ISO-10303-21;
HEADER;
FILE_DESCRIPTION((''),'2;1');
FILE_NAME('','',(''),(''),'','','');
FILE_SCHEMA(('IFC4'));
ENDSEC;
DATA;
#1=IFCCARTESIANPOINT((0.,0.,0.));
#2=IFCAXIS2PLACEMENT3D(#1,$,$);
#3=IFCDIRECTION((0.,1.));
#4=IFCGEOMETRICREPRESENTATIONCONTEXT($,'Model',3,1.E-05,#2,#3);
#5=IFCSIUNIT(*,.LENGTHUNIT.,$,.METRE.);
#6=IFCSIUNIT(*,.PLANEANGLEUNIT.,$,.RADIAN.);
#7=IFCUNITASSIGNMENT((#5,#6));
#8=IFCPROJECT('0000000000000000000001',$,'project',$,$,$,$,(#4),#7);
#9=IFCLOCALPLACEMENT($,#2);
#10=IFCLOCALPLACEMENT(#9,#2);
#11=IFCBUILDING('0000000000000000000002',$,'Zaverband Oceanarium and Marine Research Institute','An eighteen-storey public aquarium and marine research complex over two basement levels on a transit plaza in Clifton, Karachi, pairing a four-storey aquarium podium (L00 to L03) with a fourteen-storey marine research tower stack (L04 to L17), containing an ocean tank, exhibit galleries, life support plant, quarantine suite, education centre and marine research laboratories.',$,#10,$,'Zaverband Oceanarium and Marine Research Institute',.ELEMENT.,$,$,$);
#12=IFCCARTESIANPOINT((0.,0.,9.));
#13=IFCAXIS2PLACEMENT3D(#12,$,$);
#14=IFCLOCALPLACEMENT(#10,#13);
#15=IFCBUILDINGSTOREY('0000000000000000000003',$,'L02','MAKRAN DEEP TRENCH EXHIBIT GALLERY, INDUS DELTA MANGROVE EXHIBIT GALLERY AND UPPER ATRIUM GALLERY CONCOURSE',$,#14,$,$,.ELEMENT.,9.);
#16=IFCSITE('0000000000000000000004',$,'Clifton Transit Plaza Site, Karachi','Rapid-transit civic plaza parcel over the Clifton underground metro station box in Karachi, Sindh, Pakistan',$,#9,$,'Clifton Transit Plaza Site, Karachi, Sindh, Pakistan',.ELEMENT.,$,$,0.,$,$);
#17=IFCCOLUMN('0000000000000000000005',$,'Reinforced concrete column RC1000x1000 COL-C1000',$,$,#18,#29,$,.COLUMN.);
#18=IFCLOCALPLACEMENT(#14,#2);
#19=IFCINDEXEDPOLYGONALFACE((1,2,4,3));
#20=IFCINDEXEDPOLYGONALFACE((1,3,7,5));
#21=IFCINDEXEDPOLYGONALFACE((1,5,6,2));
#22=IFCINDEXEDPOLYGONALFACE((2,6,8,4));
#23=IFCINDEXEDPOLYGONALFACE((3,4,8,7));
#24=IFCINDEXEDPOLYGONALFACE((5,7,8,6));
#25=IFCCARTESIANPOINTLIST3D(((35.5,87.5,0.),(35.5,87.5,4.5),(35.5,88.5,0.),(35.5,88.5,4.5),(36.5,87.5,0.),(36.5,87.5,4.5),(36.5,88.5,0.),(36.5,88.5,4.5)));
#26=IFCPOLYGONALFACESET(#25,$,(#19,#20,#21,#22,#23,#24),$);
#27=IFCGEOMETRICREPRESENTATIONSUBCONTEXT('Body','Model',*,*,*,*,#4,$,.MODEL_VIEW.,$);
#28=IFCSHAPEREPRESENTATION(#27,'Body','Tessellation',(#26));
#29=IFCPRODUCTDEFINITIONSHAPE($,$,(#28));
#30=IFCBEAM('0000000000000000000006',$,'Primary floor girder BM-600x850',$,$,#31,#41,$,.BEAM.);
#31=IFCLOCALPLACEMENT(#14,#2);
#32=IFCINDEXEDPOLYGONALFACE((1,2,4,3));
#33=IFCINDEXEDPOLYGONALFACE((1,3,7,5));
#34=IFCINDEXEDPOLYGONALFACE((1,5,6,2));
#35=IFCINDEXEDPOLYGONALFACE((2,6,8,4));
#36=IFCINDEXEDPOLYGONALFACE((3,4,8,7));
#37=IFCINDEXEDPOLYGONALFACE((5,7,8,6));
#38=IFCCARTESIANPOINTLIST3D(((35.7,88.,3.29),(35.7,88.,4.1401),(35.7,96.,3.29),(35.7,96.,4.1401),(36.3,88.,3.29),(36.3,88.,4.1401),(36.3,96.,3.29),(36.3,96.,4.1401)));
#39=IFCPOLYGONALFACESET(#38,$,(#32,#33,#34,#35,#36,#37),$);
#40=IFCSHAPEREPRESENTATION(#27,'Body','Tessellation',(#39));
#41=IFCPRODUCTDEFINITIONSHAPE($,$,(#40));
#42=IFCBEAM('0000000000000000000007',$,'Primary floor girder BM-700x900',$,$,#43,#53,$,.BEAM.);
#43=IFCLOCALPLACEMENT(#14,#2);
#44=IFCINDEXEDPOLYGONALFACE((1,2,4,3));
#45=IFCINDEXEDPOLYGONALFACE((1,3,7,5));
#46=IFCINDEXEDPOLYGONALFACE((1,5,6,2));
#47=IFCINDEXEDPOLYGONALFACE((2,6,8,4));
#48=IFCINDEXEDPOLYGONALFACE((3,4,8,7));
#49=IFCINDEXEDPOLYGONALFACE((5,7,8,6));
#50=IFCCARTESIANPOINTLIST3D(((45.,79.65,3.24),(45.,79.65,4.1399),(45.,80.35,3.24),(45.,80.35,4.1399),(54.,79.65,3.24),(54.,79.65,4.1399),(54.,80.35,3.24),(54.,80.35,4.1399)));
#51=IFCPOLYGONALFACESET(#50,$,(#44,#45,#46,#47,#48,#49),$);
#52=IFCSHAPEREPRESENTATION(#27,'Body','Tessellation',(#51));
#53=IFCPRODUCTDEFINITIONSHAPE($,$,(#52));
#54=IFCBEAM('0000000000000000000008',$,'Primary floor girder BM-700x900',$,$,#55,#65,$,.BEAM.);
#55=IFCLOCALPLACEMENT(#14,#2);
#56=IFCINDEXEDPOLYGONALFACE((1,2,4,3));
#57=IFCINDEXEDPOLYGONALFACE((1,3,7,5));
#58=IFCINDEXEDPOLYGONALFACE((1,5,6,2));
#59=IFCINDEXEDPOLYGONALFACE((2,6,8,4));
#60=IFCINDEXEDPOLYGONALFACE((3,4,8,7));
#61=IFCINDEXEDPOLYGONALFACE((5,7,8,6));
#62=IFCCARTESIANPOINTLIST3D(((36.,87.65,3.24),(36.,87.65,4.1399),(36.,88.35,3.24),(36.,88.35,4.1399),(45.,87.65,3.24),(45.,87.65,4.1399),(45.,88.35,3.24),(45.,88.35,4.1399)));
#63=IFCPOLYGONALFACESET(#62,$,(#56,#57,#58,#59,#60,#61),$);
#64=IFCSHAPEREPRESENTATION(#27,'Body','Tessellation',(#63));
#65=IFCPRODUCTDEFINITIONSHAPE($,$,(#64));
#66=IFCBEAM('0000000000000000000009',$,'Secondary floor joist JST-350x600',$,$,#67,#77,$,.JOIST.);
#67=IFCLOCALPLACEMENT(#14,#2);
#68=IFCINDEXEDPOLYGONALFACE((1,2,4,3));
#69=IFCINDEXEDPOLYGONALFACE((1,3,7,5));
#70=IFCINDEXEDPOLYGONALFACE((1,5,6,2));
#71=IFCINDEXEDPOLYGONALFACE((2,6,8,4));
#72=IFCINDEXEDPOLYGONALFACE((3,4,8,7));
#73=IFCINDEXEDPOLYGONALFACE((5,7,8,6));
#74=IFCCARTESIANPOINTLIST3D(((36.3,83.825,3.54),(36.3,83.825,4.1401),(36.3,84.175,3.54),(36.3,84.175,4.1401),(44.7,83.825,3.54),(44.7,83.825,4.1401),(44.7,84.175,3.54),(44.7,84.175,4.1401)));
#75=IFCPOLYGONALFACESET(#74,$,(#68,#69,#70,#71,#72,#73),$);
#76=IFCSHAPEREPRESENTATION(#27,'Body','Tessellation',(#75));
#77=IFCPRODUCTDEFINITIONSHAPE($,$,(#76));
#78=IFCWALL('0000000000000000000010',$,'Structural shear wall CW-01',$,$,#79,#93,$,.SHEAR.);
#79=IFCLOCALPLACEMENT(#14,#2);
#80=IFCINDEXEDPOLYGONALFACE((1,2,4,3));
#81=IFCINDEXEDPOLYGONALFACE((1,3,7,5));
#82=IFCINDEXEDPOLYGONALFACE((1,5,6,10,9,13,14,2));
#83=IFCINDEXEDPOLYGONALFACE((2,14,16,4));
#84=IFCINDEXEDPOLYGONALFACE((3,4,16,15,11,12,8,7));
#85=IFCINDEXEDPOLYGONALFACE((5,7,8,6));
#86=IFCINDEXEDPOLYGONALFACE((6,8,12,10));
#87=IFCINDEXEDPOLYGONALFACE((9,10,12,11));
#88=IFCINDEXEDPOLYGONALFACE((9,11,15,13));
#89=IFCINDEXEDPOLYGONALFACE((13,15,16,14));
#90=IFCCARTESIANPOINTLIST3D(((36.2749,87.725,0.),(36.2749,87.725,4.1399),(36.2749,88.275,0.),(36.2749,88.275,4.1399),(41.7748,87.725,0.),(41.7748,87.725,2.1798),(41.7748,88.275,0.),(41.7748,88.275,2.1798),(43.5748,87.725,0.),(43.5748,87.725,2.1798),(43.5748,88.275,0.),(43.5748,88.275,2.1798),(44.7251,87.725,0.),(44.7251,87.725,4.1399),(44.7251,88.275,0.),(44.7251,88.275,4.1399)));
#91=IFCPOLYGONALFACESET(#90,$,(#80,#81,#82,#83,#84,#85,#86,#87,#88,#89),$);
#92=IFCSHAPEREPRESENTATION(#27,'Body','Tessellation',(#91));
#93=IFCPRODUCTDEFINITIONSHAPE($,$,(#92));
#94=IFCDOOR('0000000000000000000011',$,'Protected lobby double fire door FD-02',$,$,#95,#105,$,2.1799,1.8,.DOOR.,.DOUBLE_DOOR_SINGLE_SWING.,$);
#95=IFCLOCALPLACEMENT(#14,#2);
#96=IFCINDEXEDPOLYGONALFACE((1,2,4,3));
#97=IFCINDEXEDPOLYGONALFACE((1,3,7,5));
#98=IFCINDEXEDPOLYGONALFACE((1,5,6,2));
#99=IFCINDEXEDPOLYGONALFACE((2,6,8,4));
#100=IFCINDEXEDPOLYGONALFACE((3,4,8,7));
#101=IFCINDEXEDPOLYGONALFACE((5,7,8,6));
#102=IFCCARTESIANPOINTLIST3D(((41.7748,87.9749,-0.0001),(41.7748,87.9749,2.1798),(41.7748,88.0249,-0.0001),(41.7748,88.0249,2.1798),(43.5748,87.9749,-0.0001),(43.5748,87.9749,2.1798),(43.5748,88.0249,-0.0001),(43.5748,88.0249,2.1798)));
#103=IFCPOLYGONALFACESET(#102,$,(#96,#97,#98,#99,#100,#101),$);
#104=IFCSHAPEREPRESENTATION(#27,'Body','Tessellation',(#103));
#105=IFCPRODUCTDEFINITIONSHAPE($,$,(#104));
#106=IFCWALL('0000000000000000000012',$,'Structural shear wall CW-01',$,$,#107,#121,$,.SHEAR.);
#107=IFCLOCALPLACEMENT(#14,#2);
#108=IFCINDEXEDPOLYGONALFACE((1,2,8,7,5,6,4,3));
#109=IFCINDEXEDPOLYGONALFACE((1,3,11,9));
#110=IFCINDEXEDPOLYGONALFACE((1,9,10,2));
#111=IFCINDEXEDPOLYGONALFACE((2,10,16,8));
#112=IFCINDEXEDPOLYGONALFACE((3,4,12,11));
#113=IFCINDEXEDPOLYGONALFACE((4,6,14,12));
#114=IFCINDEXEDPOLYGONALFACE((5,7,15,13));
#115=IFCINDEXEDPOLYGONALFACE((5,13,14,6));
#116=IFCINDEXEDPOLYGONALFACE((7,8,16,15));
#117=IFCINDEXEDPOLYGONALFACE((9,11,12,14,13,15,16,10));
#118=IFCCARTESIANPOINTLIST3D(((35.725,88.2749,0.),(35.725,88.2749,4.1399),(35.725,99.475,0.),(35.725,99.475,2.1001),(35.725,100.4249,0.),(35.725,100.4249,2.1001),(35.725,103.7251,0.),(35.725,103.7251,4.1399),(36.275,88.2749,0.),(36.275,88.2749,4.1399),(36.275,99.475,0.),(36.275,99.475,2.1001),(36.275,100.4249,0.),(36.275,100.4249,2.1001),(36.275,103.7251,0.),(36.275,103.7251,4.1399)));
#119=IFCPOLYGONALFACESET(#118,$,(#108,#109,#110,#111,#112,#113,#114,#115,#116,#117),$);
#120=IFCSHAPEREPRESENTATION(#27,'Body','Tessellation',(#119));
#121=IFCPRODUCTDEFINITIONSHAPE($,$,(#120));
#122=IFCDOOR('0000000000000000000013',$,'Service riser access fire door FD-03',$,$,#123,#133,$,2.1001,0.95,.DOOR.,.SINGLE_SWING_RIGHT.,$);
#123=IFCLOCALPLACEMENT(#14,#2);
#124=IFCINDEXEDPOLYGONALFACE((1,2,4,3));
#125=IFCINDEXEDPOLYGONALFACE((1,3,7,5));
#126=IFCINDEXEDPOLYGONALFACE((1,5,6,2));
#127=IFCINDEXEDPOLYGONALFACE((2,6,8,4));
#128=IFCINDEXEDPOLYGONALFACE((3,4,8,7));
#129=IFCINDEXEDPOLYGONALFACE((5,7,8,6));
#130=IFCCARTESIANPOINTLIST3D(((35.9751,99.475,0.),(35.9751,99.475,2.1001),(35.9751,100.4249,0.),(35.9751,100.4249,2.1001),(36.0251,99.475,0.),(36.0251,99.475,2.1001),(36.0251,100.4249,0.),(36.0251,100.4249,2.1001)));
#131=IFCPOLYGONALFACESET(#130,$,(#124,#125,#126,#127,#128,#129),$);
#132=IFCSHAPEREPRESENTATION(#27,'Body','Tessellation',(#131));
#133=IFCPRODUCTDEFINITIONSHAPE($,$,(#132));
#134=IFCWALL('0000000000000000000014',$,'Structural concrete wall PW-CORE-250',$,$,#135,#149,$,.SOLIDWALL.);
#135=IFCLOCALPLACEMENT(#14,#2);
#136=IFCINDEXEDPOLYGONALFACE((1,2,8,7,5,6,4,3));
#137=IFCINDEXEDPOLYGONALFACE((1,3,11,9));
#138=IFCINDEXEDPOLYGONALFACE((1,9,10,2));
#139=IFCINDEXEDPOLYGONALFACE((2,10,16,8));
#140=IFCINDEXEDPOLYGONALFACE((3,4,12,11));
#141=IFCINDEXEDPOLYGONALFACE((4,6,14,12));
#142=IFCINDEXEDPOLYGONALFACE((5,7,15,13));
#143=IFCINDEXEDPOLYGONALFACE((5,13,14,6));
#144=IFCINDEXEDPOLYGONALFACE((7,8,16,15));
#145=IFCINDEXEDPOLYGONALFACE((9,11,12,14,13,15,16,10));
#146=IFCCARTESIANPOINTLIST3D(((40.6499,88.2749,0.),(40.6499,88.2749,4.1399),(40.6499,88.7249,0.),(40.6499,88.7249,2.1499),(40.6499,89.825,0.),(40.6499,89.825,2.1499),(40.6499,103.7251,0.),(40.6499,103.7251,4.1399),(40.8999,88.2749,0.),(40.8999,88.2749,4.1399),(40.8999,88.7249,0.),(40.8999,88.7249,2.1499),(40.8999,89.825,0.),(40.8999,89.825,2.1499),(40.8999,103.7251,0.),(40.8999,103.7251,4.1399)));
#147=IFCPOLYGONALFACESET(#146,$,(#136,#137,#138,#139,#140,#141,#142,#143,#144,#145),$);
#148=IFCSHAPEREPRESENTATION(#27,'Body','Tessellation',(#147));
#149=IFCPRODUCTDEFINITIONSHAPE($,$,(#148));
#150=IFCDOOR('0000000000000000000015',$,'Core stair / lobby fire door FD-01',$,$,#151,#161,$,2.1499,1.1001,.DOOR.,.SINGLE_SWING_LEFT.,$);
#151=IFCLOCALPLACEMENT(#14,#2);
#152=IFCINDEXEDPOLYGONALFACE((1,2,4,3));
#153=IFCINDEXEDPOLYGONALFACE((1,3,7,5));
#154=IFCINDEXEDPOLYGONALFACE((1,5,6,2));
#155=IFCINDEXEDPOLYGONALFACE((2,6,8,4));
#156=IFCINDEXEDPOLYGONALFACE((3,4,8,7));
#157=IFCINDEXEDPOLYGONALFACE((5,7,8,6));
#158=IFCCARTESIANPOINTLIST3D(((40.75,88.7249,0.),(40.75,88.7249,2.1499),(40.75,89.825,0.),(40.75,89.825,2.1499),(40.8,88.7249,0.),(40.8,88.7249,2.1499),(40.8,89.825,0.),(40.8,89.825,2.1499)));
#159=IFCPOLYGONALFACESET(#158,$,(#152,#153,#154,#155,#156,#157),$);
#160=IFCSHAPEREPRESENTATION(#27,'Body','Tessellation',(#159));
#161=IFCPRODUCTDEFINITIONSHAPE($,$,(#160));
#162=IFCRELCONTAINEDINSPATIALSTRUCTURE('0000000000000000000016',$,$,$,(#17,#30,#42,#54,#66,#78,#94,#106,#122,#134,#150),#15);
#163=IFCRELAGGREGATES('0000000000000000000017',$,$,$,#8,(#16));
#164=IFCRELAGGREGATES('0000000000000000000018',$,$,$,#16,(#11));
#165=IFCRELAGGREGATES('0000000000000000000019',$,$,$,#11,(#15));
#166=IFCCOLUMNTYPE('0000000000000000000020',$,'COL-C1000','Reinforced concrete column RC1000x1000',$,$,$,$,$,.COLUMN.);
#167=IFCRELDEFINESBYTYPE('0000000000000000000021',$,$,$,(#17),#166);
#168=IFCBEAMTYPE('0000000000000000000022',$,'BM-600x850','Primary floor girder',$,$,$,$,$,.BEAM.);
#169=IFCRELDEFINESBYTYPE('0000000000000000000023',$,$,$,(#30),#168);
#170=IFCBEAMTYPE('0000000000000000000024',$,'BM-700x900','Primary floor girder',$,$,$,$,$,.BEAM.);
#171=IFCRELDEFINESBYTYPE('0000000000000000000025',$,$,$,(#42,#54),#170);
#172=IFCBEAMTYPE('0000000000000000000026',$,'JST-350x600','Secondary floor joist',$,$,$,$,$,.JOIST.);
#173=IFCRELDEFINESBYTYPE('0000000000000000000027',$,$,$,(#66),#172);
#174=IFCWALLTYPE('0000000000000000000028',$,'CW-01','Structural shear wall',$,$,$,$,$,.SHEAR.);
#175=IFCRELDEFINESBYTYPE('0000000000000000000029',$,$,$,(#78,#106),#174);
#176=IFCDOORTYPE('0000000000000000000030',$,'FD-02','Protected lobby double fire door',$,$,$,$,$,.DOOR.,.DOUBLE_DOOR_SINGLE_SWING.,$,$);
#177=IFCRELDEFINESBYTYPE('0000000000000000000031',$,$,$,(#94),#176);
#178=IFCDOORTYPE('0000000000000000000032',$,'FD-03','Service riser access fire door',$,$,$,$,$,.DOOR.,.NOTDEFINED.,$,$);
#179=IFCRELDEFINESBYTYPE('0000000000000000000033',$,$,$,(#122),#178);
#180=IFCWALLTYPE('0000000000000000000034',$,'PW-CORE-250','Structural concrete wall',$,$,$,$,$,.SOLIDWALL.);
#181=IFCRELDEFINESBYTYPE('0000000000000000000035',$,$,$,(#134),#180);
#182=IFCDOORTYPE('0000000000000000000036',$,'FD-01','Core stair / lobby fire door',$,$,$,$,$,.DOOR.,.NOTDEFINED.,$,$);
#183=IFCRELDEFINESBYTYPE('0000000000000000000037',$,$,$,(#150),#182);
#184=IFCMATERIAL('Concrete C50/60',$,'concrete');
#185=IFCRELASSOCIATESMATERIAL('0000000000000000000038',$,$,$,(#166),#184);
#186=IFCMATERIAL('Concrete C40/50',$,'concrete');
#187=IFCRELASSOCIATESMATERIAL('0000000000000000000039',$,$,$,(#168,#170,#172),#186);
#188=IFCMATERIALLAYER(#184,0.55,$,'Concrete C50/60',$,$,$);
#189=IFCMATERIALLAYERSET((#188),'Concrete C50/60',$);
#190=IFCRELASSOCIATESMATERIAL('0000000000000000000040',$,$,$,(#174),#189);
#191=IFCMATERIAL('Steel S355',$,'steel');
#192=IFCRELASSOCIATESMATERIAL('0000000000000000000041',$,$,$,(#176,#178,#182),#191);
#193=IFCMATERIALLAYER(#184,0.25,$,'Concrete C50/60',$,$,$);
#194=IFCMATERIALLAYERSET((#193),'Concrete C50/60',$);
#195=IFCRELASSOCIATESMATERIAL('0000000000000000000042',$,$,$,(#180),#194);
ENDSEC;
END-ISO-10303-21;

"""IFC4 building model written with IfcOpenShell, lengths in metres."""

from ifc_helpers import new_model, si_unit, direction, frame, frame_2d, origin, origin_2d, place, context, subcontext, project, spatial, rectangle, extrude, material, layer, layer_set, material_profile, profile_set, type_object, element, fill, save


model = new_model("IFC4")

# Units and contexts
model_context = context("Model", 3, precision=1e-05, world=origin(), true_north=direction((0.0, 1.0)))
body_context = subcontext(model_context, "Body", "Model", "MODEL_VIEW")
ifc_project = project(units=[si_unit("LENGTHUNIT", "METRE"), si_unit("PLANEANGLEUNIT", "RADIAN")], contexts=[model_context])

# Site, building, storey
site_placement = place(None, origin())
site = spatial("IfcSite", under=ifc_project, at=site_placement, Name="Clifton Transit Plaza Site, Karachi", Description="Rapid-transit civic plaza parcel over the Clifton underground metro station box in Karachi, Sindh, Pakistan", LongName="Clifton Transit Plaza Site, Karachi, Sindh, Pakistan", CompositionType="ELEMENT", RefElevation=0.0)
building_placement = place(site_placement, origin())
building = spatial("IfcBuilding", under=site, at=building_placement, Name="Zaverband Oceanarium and Marine Research Institute", Description="An eighteen-storey public aquarium and marine research complex over two basement levels on a transit plaza in Clifton, Karachi, pairing a four-storey aquarium podium (L00 to L03) with a fourteen-storey marine research tower stack (L04 to L17), containing an ocean tank, exhibit galleries, life support plant, quarantine suite, education centre and marine research laboratories.", LongName="Zaverband Oceanarium and Marine Research Institute", CompositionType="ELEMENT")
storey_placement = place(building_placement, frame((0.0, 0.0, 9.0)))
storey = spatial("IfcBuildingStorey", under=building, at=storey_placement, Name="L02", Description="MAKRAN DEEP TRENCH EXHIBIT GALLERY, INDUS DELTA MANGROVE EXHIBIT GALLERY AND UPPER ATRIUM GALLERY CONCOURSE", CompositionType="ELEMENT", Elevation=9.0)

# Column
ifc_material_1 = material(Name="Concrete C50/60", Category="concrete")
ifc_material_profile_1 = material_profile(ifc_material_1, rectangle(XDim=1.0, YDim=1.0, at=origin_2d()), Name="RC1000x1000")
ifc_profile_set_1 = profile_set([ifc_material_profile_1], Name="Concrete C50/60")
column_type = type_object("IfcColumnType", Name="COL-C1000", Description="Reinforced concrete column RC1000x1000", PredefinedType="COLUMN", material=ifc_profile_set_1)
column_placement = place(storey_placement, frame((36.0, 88.0, 0.0), z_axis=(0.0, 0.0, 1.0), x_axis=(1.0, 0.0, 0.0)))
element("IfcColumn", 1, at=column_placement, inside=storey, type_object=column_type, Name="Reinforced concrete column RC1000x1000 COL-C1000", PredefinedType="COLUMN", context=body_context, shape_type="SweptSolid", body=[
    extrude(rectangle(XDim=1.0, YDim=1.0, at=origin_2d()), origin(), (0.0, 0.0, 1.0), 4.5),
])

# Beams
ifc_material_2 = material(Name="Concrete C40/50", Category="concrete")
ifc_material_profile_2 = material_profile(ifc_material_2, rectangle(XDim=0.6001, YDim=0.8501, at=origin_2d()), Name="RC600x850")
ifc_profile_set_2 = profile_set([ifc_material_profile_2], Name="Concrete C40/50")
beam_type_1 = type_object("IfcBeamType", Name="BM-600x850", Description="Primary floor girder", PredefinedType="BEAM", material=ifc_profile_set_2)
beam_1_placement = place(storey_placement, frame((36.0, 88.0, 3.7151), z_axis=(0.0, 1.0, 0.0), x_axis=(-1.0, 0.0, 0.0)))
element("IfcBeam", 2, at=beam_1_placement, inside=storey, type_object=beam_type_1, Name="Primary floor girder BM-600x850", PredefinedType="BEAM", context=body_context, shape_type="SweptSolid", body=[
    extrude(rectangle(XDim=0.6001, YDim=0.8501, at=origin_2d()), origin(), (0.0, 0.0, 1.0), 8.0),
])
ifc_material_profile_3 = material_profile(ifc_material_2, rectangle(XDim=0.7, YDim=0.8999, at=origin_2d()), Name="RC700x900")
ifc_profile_set_3 = profile_set([ifc_material_profile_3], Name="Concrete C40/50")
beam_type_2 = type_object("IfcBeamType", Name="BM-700x900", Description="Primary floor girder", PredefinedType="BEAM", material=ifc_profile_set_3)
for number, where, z_axis, x_axis, name in (
    (3, (45.0, 80.0, 3.6899), (1.0, 0.0, 0.0), (0.0, 1.0, 0.0), "Primary floor girder BM-700x900"),
    (4, (36.0, 88.0, 3.6899), (1.0, 0.0, 0.0), (0.0, 1.0, 0.0), "Primary floor girder BM-700x900"),
):
    element("IfcBeam", number, at=place(storey_placement, frame(where, z_axis=z_axis, x_axis=x_axis)), inside=storey, type_object=beam_type_2, Name=name, PredefinedType="BEAM", context=body_context, shape_type="SweptSolid", body=[
        extrude(rectangle(XDim=0.7, YDim=0.8999, at=origin_2d()), origin(), (0.0, 0.0, 1.0), 9.0),
    ])
ifc_material_profile_4 = material_profile(ifc_material_2, rectangle(XDim=0.3501, YDim=0.6001, at=origin_2d()), Name="RC350x600")
ifc_profile_set_4 = profile_set([ifc_material_profile_4], Name="Concrete C40/50")
beam_type_3 = type_object("IfcBeamType", Name="JST-350x600", Description="Secondary floor joist", PredefinedType="JOIST", material=ifc_profile_set_4)
beam_2_placement = place(storey_placement, frame((36.3, 84.0, 3.8401), z_axis=(1.0, 0.0, 0.0), x_axis=(0.0, 1.0, 0.0)))
element("IfcBeam", 5, at=beam_2_placement, inside=storey, type_object=beam_type_3, Name="Secondary floor joist JST-350x600", PredefinedType="JOIST", context=body_context, shape_type="SweptSolid", body=[
    extrude(rectangle(XDim=0.3501, YDim=0.6001, at=origin_2d()), origin(), (0.0, 0.0, 1.0), 8.3999),
])

# Walls, openings, doors
ifc_layer_1 = layer(ifc_material_1, 0.55, Name="Concrete C50/60")
ifc_layer_set_1 = layer_set([ifc_layer_1], Name="Concrete C50/60")
wall_type_1 = type_object("IfcWallType", Name="CW-01", Description="Structural shear wall", PredefinedType="SHEAR", material=ifc_layer_set_1)
wall_1_placement = place(storey_placement, frame((36.2749, 88.0, 0.0), z_axis=(0.0, 0.0, 1.0), x_axis=(1.0, 0.0, 0.0)))
wall_1 = element("IfcWall", 6, at=wall_1_placement, inside=storey, type_object=wall_type_1, Name="Structural shear wall CW-01", PredefinedType="SHEAR", context=body_context, shape_type="SweptSolid", body=[
    extrude(rectangle(XDim=8.4502, YDim=0.55, at=frame_2d((4.2251, 0.0))), origin(), (0.0, 0.0, 1.0), 4.1399),
])
opening_1_placement = place(wall_1_placement, frame((5.5, 0.0, 0.0)))
opening_1 = element("IfcOpeningElement", 7, at=opening_1_placement, cuts=wall_1, PredefinedType="OPENING", context=body_context, shape_type="SweptSolid", body=[
    extrude(rectangle(XDim=1.8, YDim=2.1799, at=frame_2d((0.8999, 1.0898))), frame((0.0, 0.2871, 0.0), z_axis=(0.0, -1.0, 0.0), x_axis=(1.0, 0.0, 0.0)), (0.0, 0.0, 1.0), 0.574),
])
ifc_material_3 = material(Name="Steel S355", Category="steel")
door_type_1 = type_object("IfcDoorType", Name="FD-02", Description="Protected lobby double fire door", OperationType="DOUBLE_DOOR_SINGLE_SWING", PredefinedType="DOOR", material=ifc_material_3)
door_1_placement = place(opening_1_placement, origin())
door_1 = element("IfcDoor", 8, at=door_1_placement, inside=storey, type_object=door_type_1, Name="Protected lobby double fire door FD-02", OperationType="DOUBLE_DOOR_SINGLE_SWING", OverallHeight=2.1799, OverallWidth=1.8, PredefinedType="DOOR", context=body_context, shape_type="SweptSolid", body=[
    extrude(rectangle(XDim=1.8, YDim=2.1799, at=frame_2d((0.8999, 1.0898))), frame((0.0, 0.0249, 0.0), z_axis=(0.0, -1.0, 0.0), x_axis=(1.0, 0.0, 0.0)), (0.0, 0.0, 1.0), 0.05),
])
fill(opening_1, door_1)
wall_2_placement = place(storey_placement, frame((36.0, 88.2749, 0.0), z_axis=(0.0, 0.0, 1.0), x_axis=(0.0, 1.0, 0.0)))
wall_2 = element("IfcWall", 9, at=wall_2_placement, inside=storey, type_object=wall_type_1, Name="Structural shear wall CW-01", PredefinedType="SHEAR", context=body_context, shape_type="SweptSolid", body=[
    extrude(rectangle(XDim=15.4502, YDim=0.55, at=frame_2d((7.7251, 0.0))), origin(), (0.0, 0.0, 1.0), 4.1399),
])
opening_2_placement = place(wall_2_placement, frame((11.2, 0.0, 0.0)))
opening_2 = element("IfcOpeningElement", 10, at=opening_2_placement, cuts=wall_2, PredefinedType="OPENING", context=body_context, shape_type="SweptSolid", body=[
    extrude(rectangle(XDim=0.95, YDim=2.1001, at=frame_2d((0.4751, 1.05))), frame((0.0, 0.2871, 0.0), z_axis=(0.0, -1.0, 0.0), x_axis=(1.0, 0.0, 0.0)), (0.0, 0.0, 1.0), 0.574),
])
door_type_2 = type_object("IfcDoorType", Name="FD-03", Description="Service riser access fire door", OperationType="NOTDEFINED", PredefinedType="DOOR", material=ifc_material_3)
door_2_placement = place(opening_2_placement, origin())
door_2 = element("IfcDoor", 11, at=door_2_placement, inside=storey, type_object=door_type_2, Name="Service riser access fire door FD-03", OperationType="SINGLE_SWING_RIGHT", OverallHeight=2.1001, OverallWidth=0.95, PredefinedType="DOOR", context=body_context, shape_type="SweptSolid", body=[
    extrude(rectangle(XDim=0.95, YDim=2.1001, at=frame_2d((0.4751, 1.05))), frame((0.0, 0.0249, 0.0), z_axis=(0.0, -1.0, 0.0), x_axis=(1.0, 0.0, 0.0)), (0.0, 0.0, 1.0), 0.05),
])
fill(opening_2, door_2)
ifc_layer_2 = layer(ifc_material_1, 0.25, Name="Concrete C50/60")
ifc_layer_set_2 = layer_set([ifc_layer_2], Name="Concrete C50/60")
wall_type_2 = type_object("IfcWallType", Name="PW-CORE-250", Description="Structural concrete wall", PredefinedType="SOLIDWALL", material=ifc_layer_set_2)
wall_3_placement = place(storey_placement, frame((40.7749, 88.2749, 0.0), z_axis=(0.0, 0.0, 1.0), x_axis=(0.0, 1.0, 0.0)))
wall_3 = element("IfcWall", 12, at=wall_3_placement, inside=storey, type_object=wall_type_2, Name="Structural concrete wall PW-CORE-250", PredefinedType="SOLIDWALL", context=body_context, shape_type="SweptSolid", body=[
    extrude(rectangle(XDim=15.4502, YDim=0.25, at=frame_2d((7.7251, 0.0))), origin(), (0.0, 0.0, 1.0), 4.1399),
])
opening_3_placement = place(wall_3_placement, frame((0.45, 0.0, 0.0)))
opening_3 = element("IfcOpeningElement", 13, at=opening_3_placement, cuts=wall_3, PredefinedType="OPENING", context=body_context, shape_type="SweptSolid", body=[
    extrude(rectangle(XDim=1.1001, YDim=2.1499, at=frame_2d((0.55, 1.075))), frame((0.0, 0.137, 0.0), z_axis=(0.0, -1.0, 0.0), x_axis=(1.0, 0.0, 0.0)), (0.0, 0.0, 1.0), 0.2739),
])
door_type_3 = type_object("IfcDoorType", Name="FD-01", Description="Core stair / lobby fire door", OperationType="NOTDEFINED", PredefinedType="DOOR", material=ifc_material_3)
door_3_placement = place(opening_3_placement, origin())
door_3 = element("IfcDoor", 14, at=door_3_placement, inside=storey, type_object=door_type_3, Name="Core stair / lobby fire door FD-01", OperationType="SINGLE_SWING_LEFT", OverallHeight=2.1499, OverallWidth=1.1001, PredefinedType="DOOR", context=body_context, shape_type="SweptSolid", body=[
    extrude(rectangle(XDim=1.1001, YDim=2.1499, at=frame_2d((0.55, 1.075))), frame((0.0, 0.0249, 0.0), z_axis=(0.0, -1.0, 0.0), x_axis=(1.0, 0.0, 0.0)), (0.0, 0.0, 1.0), 0.05),
])
fill(opening_3, door_3)

save(model, "model.ifc")
